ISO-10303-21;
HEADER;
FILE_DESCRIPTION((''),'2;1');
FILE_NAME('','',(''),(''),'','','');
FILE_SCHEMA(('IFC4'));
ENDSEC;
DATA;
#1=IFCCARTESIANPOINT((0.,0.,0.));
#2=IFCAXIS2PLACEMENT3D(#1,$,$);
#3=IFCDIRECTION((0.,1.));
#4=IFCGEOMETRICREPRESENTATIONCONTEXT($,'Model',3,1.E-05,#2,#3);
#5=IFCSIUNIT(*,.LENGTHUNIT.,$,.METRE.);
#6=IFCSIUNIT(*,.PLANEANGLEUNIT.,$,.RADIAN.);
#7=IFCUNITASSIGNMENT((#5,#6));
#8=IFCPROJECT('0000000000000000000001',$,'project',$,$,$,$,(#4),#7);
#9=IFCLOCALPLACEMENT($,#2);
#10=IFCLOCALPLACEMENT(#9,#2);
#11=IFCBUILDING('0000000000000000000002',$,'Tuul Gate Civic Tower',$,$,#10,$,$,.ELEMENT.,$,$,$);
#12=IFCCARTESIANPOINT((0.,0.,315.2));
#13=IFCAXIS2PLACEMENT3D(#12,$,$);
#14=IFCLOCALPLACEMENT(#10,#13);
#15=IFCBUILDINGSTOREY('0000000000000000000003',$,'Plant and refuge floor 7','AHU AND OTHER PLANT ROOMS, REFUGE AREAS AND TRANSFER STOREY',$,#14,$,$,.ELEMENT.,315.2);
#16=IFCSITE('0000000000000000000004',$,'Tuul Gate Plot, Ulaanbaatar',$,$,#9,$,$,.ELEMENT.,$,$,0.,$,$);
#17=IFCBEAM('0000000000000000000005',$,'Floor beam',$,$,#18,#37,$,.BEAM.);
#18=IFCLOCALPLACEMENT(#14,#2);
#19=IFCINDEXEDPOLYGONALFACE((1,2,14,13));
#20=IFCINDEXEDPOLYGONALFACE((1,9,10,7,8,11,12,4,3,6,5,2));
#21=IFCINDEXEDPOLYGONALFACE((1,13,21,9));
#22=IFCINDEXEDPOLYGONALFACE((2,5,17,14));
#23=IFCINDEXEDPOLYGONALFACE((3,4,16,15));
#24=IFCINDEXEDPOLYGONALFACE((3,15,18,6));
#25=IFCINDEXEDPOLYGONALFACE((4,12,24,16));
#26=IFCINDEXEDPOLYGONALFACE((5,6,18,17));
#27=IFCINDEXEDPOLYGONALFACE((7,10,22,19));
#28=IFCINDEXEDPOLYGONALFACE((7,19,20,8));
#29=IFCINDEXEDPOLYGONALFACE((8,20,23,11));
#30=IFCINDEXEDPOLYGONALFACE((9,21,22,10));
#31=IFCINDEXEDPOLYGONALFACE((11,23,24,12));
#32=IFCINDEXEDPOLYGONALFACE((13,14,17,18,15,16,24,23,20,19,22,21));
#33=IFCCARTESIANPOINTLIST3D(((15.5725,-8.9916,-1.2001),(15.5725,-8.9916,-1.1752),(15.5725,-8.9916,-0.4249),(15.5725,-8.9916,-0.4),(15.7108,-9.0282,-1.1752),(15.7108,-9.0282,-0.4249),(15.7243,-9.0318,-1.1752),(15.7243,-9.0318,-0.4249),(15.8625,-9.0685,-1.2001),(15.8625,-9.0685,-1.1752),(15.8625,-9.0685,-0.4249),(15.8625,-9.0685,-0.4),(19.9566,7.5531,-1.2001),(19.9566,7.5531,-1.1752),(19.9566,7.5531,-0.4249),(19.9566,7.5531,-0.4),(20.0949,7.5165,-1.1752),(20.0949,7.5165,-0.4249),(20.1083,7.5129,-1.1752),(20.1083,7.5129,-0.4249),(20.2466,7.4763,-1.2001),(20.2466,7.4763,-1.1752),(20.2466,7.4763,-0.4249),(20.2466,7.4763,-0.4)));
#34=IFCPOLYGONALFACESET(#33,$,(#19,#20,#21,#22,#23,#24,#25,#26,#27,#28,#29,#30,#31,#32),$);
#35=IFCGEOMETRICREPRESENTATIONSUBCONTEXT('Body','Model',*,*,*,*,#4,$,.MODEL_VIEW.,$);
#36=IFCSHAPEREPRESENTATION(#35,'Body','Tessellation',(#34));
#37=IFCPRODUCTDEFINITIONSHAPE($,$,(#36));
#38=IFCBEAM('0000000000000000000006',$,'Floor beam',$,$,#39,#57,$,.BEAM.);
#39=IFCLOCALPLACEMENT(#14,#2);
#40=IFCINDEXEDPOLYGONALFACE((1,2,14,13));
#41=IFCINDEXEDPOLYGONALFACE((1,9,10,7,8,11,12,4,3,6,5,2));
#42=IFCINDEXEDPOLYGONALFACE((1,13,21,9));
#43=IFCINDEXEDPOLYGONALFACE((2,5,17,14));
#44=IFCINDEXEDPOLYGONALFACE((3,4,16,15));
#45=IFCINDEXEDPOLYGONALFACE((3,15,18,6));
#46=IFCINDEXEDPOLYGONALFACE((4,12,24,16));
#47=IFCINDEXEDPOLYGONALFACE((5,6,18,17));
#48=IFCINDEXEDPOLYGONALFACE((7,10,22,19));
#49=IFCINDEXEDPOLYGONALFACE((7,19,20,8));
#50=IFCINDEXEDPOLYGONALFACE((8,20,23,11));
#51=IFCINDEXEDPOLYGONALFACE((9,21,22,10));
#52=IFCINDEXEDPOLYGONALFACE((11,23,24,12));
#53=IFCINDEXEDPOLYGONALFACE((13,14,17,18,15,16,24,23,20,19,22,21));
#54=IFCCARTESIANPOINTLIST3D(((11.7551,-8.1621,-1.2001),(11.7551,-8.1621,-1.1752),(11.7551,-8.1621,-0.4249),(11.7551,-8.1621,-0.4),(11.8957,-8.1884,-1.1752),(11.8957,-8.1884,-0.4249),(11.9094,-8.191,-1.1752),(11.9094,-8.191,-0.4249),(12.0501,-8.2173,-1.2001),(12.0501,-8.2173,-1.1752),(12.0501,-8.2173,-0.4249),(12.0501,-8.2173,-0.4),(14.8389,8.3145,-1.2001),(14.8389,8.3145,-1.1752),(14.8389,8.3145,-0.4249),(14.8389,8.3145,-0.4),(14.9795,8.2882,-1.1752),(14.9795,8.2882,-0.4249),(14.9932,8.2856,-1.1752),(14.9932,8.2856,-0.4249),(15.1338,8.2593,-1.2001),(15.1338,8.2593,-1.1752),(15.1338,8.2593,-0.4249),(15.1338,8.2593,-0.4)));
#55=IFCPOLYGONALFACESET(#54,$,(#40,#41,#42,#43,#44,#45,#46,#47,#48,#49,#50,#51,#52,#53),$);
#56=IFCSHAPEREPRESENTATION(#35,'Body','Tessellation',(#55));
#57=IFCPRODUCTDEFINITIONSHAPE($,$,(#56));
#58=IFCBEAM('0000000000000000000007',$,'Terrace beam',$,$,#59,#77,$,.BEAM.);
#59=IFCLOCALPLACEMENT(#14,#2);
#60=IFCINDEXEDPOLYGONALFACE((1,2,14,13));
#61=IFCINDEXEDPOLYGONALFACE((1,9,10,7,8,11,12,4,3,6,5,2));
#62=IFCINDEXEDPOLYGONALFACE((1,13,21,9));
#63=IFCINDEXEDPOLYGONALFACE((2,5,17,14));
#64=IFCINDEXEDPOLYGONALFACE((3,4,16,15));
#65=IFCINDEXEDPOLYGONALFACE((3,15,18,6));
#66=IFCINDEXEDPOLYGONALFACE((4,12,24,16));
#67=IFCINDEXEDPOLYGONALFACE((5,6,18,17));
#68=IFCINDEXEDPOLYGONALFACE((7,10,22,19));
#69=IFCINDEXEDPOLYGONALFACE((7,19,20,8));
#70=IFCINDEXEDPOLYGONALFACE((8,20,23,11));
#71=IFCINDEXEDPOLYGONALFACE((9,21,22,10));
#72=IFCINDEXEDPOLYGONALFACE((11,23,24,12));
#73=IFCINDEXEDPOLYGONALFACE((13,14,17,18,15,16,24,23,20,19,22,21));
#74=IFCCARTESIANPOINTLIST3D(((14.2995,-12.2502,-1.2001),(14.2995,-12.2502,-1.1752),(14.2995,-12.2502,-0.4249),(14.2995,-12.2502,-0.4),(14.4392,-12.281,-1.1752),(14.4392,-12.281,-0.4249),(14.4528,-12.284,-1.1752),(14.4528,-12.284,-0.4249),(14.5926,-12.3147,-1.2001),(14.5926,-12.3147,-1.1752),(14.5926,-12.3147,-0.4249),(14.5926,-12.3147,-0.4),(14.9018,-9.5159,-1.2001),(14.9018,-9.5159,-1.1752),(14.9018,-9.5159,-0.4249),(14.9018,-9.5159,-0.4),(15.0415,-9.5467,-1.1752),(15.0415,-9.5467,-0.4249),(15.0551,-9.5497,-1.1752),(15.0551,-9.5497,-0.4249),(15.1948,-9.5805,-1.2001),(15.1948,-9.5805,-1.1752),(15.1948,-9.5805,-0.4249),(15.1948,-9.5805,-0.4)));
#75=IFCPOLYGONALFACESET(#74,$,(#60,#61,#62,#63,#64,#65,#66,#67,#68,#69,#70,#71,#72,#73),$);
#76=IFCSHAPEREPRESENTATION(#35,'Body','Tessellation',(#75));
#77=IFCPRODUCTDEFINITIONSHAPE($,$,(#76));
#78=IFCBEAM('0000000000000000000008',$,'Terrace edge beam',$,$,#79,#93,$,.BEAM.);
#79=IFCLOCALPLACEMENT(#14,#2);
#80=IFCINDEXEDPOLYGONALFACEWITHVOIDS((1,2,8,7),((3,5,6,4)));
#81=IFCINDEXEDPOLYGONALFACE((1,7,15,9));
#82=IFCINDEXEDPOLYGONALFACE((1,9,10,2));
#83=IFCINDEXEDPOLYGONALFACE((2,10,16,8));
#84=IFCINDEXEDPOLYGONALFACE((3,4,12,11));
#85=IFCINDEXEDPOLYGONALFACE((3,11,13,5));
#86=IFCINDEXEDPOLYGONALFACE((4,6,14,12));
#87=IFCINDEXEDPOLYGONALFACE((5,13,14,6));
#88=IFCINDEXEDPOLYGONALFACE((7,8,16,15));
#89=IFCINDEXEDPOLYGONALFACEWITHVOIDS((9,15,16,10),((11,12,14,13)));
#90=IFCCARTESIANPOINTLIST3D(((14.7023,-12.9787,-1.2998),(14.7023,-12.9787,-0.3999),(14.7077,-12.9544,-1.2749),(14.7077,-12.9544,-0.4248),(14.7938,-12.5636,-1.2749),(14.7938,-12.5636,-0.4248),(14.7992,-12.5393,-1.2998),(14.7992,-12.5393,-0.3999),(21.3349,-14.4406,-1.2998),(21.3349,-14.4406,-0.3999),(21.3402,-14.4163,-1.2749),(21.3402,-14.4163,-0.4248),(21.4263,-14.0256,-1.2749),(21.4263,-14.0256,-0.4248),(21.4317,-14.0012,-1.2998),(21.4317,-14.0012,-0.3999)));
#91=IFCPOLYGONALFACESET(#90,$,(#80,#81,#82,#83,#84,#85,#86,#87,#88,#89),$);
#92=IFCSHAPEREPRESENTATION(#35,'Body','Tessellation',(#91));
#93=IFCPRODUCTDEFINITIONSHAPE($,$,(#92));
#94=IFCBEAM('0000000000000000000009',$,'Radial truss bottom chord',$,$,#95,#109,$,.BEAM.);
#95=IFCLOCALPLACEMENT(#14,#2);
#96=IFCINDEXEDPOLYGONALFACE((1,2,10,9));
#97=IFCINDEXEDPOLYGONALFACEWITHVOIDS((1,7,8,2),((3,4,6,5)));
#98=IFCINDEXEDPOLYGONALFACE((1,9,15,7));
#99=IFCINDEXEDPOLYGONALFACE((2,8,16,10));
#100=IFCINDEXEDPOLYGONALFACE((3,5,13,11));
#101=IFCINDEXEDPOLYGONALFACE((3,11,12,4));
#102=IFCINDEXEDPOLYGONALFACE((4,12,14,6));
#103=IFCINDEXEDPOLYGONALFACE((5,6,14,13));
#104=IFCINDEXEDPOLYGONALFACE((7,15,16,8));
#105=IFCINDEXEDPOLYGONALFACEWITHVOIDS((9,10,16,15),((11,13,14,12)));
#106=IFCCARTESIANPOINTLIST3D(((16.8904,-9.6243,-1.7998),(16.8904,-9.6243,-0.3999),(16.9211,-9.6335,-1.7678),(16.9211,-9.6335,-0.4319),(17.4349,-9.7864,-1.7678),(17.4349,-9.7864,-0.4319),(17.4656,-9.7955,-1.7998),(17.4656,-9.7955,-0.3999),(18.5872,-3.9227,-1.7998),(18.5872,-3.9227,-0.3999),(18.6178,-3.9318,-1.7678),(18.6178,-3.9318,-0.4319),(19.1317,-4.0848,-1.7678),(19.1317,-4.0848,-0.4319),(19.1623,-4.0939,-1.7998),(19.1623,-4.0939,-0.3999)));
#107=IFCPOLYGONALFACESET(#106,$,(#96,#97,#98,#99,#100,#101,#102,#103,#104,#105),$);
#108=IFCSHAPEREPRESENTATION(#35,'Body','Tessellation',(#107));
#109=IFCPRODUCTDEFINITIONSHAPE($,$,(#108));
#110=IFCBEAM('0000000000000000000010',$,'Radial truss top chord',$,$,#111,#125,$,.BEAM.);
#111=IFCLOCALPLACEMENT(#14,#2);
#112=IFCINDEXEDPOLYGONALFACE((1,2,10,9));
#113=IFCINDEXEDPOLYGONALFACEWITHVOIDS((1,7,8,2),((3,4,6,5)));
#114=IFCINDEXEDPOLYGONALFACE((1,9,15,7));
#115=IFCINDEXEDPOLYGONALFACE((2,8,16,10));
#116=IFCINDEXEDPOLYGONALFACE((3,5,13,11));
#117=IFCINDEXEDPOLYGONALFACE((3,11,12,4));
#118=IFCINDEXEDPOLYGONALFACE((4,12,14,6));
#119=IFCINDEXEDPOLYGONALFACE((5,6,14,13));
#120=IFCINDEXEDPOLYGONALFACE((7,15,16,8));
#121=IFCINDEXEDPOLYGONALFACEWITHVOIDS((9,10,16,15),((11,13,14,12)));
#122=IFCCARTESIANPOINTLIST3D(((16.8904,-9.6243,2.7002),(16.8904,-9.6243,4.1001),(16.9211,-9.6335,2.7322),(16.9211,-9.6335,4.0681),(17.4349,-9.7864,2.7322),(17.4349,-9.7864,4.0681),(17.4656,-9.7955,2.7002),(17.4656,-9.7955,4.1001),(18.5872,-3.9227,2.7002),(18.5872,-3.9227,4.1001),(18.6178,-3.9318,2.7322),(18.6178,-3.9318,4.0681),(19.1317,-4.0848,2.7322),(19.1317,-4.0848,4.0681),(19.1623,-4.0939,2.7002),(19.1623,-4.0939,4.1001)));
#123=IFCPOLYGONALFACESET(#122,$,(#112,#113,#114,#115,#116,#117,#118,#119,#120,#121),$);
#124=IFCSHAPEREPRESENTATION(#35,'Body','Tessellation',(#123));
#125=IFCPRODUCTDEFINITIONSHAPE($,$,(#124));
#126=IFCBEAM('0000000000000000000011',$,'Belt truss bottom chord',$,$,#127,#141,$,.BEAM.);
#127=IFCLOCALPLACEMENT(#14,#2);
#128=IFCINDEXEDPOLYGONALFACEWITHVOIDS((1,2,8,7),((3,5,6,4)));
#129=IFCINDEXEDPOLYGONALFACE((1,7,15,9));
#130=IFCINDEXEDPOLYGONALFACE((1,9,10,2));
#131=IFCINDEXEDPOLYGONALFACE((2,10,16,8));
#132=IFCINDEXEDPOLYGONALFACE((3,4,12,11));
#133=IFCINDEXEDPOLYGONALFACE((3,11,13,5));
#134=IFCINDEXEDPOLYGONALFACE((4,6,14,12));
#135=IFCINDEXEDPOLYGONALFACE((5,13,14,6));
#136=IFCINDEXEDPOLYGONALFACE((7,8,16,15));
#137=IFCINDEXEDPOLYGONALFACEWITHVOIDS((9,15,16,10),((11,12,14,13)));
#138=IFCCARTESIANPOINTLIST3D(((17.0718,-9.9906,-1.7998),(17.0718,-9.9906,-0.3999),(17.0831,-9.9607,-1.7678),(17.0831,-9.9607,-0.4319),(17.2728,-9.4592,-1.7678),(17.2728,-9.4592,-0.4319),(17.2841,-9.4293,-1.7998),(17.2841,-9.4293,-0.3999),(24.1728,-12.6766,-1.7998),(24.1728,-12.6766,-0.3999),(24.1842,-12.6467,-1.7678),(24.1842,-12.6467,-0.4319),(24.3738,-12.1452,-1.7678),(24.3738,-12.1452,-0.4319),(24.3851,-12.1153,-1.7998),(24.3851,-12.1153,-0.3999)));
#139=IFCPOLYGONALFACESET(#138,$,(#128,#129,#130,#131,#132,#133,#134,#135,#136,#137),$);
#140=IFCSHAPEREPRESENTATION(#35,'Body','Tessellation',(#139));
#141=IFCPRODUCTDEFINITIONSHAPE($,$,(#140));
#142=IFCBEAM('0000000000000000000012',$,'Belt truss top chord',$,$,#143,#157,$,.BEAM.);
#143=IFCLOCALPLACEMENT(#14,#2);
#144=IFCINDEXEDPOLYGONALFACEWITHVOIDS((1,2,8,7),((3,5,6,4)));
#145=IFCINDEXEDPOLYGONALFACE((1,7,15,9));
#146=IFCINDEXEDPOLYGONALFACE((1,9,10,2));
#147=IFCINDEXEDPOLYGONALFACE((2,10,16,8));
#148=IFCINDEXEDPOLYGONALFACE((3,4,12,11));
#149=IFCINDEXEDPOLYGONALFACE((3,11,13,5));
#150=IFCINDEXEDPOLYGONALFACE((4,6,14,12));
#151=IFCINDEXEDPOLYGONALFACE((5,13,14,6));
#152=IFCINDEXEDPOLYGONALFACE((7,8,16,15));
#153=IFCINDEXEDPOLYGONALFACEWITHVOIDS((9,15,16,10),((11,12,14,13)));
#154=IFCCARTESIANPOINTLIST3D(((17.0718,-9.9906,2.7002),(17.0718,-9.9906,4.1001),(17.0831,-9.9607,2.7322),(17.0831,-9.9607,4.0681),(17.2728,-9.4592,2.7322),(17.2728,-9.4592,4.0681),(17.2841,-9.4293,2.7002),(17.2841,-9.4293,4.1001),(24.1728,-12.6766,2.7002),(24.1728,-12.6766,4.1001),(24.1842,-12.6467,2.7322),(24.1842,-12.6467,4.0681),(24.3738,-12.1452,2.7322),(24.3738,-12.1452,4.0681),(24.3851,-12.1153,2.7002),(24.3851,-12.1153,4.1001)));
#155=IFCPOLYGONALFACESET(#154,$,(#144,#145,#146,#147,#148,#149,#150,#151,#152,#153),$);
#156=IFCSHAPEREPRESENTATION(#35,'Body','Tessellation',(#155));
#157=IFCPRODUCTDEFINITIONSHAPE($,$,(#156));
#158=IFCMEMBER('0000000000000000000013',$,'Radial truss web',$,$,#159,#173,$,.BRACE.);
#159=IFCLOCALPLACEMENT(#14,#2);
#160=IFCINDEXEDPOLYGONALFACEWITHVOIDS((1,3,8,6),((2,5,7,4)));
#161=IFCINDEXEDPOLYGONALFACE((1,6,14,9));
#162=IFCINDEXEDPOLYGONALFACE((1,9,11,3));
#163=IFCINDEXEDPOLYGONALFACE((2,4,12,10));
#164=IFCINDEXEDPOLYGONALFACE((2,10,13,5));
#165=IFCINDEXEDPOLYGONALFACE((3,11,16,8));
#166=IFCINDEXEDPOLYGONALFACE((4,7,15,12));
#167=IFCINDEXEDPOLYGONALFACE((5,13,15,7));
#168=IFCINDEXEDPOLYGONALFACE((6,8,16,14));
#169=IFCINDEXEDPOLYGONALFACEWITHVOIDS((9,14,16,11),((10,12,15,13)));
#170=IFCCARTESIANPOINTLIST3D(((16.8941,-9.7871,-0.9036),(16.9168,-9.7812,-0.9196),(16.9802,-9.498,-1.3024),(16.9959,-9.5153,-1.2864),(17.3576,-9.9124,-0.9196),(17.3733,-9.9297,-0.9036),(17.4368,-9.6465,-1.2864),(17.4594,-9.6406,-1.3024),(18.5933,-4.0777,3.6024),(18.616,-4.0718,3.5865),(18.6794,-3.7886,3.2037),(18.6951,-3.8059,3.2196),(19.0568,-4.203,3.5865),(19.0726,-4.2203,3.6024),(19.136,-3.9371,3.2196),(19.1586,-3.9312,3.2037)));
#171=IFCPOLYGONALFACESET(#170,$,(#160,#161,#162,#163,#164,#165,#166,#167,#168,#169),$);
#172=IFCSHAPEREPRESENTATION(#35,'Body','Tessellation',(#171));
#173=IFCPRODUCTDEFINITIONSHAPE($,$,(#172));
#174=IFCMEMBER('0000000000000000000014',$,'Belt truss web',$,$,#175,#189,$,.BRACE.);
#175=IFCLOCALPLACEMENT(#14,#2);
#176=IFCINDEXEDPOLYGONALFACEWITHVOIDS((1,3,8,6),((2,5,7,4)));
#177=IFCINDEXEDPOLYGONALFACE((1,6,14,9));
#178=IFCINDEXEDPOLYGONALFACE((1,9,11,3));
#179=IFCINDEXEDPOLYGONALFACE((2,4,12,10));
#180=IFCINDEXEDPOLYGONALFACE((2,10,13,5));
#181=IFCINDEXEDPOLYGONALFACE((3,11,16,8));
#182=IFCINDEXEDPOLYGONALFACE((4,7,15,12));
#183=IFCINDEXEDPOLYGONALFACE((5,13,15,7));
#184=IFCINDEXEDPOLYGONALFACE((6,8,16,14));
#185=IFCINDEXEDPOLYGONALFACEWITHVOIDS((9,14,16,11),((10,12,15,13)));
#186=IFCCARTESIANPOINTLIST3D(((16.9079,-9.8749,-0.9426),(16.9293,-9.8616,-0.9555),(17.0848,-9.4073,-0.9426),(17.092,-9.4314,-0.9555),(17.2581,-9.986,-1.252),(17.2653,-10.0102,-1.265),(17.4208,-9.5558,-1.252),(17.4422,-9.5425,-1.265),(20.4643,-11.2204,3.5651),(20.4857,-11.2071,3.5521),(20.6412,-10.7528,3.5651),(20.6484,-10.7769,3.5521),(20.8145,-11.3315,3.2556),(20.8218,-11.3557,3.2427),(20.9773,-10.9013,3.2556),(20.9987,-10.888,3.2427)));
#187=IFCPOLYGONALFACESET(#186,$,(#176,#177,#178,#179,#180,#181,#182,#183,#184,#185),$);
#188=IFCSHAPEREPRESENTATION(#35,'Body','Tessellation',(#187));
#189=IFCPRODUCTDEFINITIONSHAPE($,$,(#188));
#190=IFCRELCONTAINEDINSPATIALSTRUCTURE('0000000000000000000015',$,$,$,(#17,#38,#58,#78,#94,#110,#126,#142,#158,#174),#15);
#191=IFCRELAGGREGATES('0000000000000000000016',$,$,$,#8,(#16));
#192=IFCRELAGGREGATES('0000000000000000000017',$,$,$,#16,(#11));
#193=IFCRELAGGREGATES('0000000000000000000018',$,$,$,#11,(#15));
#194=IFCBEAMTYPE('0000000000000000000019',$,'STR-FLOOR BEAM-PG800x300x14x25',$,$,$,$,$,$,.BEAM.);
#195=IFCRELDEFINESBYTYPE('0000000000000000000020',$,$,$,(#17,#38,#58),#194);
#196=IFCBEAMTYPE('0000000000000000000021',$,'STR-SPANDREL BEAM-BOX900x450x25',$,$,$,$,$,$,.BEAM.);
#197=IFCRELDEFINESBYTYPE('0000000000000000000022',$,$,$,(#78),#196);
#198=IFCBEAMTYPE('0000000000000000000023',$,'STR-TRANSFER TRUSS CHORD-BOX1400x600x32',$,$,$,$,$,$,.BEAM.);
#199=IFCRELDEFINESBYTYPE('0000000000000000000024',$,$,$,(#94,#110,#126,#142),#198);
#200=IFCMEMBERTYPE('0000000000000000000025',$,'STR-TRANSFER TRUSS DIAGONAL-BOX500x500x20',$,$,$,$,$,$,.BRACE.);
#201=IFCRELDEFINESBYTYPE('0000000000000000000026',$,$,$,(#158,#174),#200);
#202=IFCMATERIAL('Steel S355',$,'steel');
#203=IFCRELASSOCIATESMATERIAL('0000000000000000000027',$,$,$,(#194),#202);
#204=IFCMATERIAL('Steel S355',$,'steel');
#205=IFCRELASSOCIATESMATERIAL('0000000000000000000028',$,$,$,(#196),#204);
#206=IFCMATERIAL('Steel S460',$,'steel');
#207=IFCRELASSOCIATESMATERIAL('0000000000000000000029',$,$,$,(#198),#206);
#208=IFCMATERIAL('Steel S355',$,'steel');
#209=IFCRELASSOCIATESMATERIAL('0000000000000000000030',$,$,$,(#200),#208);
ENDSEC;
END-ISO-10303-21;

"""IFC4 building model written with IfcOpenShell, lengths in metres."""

from ifc_helpers import new_model, si_unit, direction, frame, origin, origin_2d, place, context, subcontext, project, spatial, hollow_rectangle, i_section, extrude, material, material_profile, profile_set, type_object, element, save


model = new_model("IFC4")

# Units and contexts
model_context = context("Model", 3, precision=1e-05, world=origin(), true_north=direction((0.0, 1.0)))
body_context = subcontext(model_context, "Body", "Model", "MODEL_VIEW")
ifc_project = project(units=[si_unit("LENGTHUNIT", "METRE"), si_unit("PLANEANGLEUNIT", "RADIAN")], contexts=[model_context])

# Site, building, storey
site_placement = place(None, origin())
site = spatial("IfcSite", under=ifc_project, at=site_placement, Name="Tuul Gate Plot, Ulaanbaatar", CompositionType="ELEMENT", RefElevation=0.0)
building_placement = place(site_placement, origin())
building = spatial("IfcBuilding", under=site, at=building_placement, Name="Tuul Gate Civic Tower", CompositionType="ELEMENT")
storey_placement = place(building_placement, frame((0.0, 0.0, 315.2)))
storey = spatial("IfcBuildingStorey", under=building, at=storey_placement, Name="Plant and refuge floor 7", Description="AHU AND OTHER PLANT ROOMS, REFUGE AREAS AND TRANSFER STOREY", CompositionType="ELEMENT", Elevation=315.2)

# Beams
ifc_material_1 = material(Name="Steel S355", Category="steel")
ifc_material_profile_1 = material_profile(ifc_material_1, i_section(OverallWidth=0.3, OverallDepth=0.8, WebThickness=0.0139, FlangeThickness=0.0249, at=origin_2d()), Name="PG800x300x14x25")
ifc_profile_set_1 = profile_set([ifc_material_profile_1], Name="Steel S355")
beam_type_1 = type_object("IfcBeamType", Name="STR-FLOOR BEAM-PG800x300x14x25", PredefinedType="BEAM", material=ifc_profile_set_1)
beam_1_placement = place(storey_placement, frame((15.7175, -9.03, -0.8), z_axis=(0.256142, 0.966639, 0.0), x_axis=(-0.966639, 0.256142, 0.0)))
element("IfcBeam", 1, at=beam_1_placement, inside=storey, type_object=beam_type_1, Name="Floor beam", PredefinedType="BEAM", context=body_context, shape_type="SweptSolid", body=[
    extrude(i_section(OverallWidth=0.3, OverallDepth=0.8, WebThickness=0.0139, FlangeThickness=0.0249, at=origin_2d()), origin(), (0.0, 0.0, 1.0), 17.1157),
])
beam_2_placement = place(storey_placement, frame((11.9026, -8.1897, -0.8), z_axis=(0.183965, 0.982933, 0.0), x_axis=(-0.982933, 0.183965, 0.0)))
element("IfcBeam", 2, at=beam_2_placement, inside=storey, type_object=beam_type_1, Name="Floor beam", PredefinedType="BEAM", context=body_context, shape_type="SweptSolid", body=[
    extrude(i_section(OverallWidth=0.3, OverallDepth=0.8, WebThickness=0.0139, FlangeThickness=0.0249, at=origin_2d()), origin(), (0.0, 0.0, 1.0), 16.7627),
])
beam_3_placement = place(storey_placement, frame((14.446, -12.2825, -0.8), z_axis=(0.215111, 0.97659, 0.0), x_axis=(-0.97659, 0.215111, 0.0)))
element("IfcBeam", 3, at=beam_3_placement, inside=storey, type_object=beam_type_1, Name="Terrace beam", PredefinedType="BEAM", context=body_context, shape_type="SweptSolid", body=[
    extrude(i_section(OverallWidth=0.3, OverallDepth=0.8, WebThickness=0.0139, FlangeThickness=0.0249, at=origin_2d()), origin(), (0.0, 0.0, 1.0), 2.7998),
])
ifc_material_2 = material(Name="Steel S355", Category="steel")
ifc_material_profile_2 = material_profile(ifc_material_2, hollow_rectangle(XDim=0.45, YDim=0.8999, WallThickness=0.0249, at=origin_2d()), Name="BOX900x450x25")
ifc_profile_set_2 = profile_set([ifc_material_profile_2], Name="Steel S355")
beam_type_2 = type_object("IfcBeamType", Name="STR-SPANDREL BEAM-BOX900x450x25", PredefinedType="BEAM", material=ifc_profile_set_2)
beam_4_placement = place(storey_placement, frame((14.7507, -12.759, -0.8499), z_axis=(0.976559, -0.215248, 0.0), x_axis=(0.215248, 0.976559, 0.0)))
element("IfcBeam", 4, at=beam_4_placement, inside=storey, type_object=beam_type_2, Name="Terrace edge beam", PredefinedType="BEAM", context=body_context, shape_type="SweptSolid", body=[
    extrude(hollow_rectangle(XDim=0.45, YDim=0.8999, WallThickness=0.0249, at=origin_2d()), origin(), (0.0, 0.0, 1.0), 6.7917),
])
ifc_material_3 = material(Name="Steel S460", Category="steel")
ifc_material_profile_3 = material_profile(ifc_material_3, hollow_rectangle(XDim=0.6001, YDim=1.3999, WallThickness=0.032, at=origin_2d()), Name="BOX1400x600x32")
ifc_profile_set_3 = profile_set([ifc_material_profile_3], Name="Steel S460")
beam_type_3 = type_object("IfcBeamType", Name="STR-TRANSFER TRUSS CHORD-BOX1400x600x32", PredefinedType="BEAM", material=ifc_profile_set_3)
for number, where, z_axis, x_axis, name in (
    (5, (18.8748, -4.0083, -1.0999), (-0.285231, -0.958459, 0.0), (0.958459, -0.285231, 0.0), "Radial truss bottom chord"),
    (6, (18.8748, -4.0083, 3.4001), (-0.285231, -0.958459, 0.0), (0.958459, -0.285231, 0.0), "Radial truss top chord"),
):
    element("IfcBeam", number, at=place(storey_placement, frame(where, z_axis=z_axis, x_axis=x_axis)), inside=storey, type_object=beam_type_3, Name=name, PredefinedType="BEAM", context=body_context, shape_type="SweptSolid", body=[
        extrude(hollow_rectangle(XDim=0.6001, YDim=1.3999, WallThickness=0.032, at=origin_2d()), origin(), (0.0, 0.0, 1.0), 5.9487),
    ])
for number, where, z_axis, x_axis, name in (
    (7, (17.178, -9.71, -1.0999), (0.935324, -0.353793, 0.0), (0.353793, 0.935324, 0.0), "Belt truss bottom chord"),
    (8, (17.178, -9.71, 3.4001), (0.935324, -0.353793, 0.0), (0.353793, 0.935324, 0.0), "Belt truss top chord"),
):
    element("IfcBeam", number, at=place(storey_placement, frame(where, z_axis=z_axis, x_axis=x_axis)), inside=storey, type_object=beam_type_3, Name=name, PredefinedType="BEAM", context=body_context, shape_type="SweptSolid", body=[
        extrude(hollow_rectangle(XDim=0.6001, YDim=1.3999, WallThickness=0.032, at=origin_2d()), origin(), (0.0, 0.0, 1.0), 7.592),
    ])

# Members
ifc_material_4 = material(Name="Steel S355", Category="steel")
ifc_material_profile_4 = material_profile(ifc_material_4, hollow_rectangle(XDim=0.5, YDim=0.5, WallThickness=0.02, at=origin_2d()), Name="BOX500x500x20")
ifc_profile_set_4 = profile_set([ifc_material_profile_4], Name="Steel S355")
member_type_1 = type_object("IfcMemberType", Name="STR-TRANSFER TRUSS DIAGONAL-BOX500x500x20", PredefinedType="BRACE", material=ifc_profile_set_4)
member_1_placement = place(storey_placement, frame((17.1768, -9.7139, -1.103), z_axis=(0.227494, 0.764392, 0.603284), x_axis=(-0.958453, 0.285249, 0.0)))
element("IfcMember", 9, at=member_1_placement, inside=storey, type_object=member_type_1, Name="Radial truss web", PredefinedType="BRACE", context=body_context, shape_type="SweptSolid", body=[
    extrude(hollow_rectangle(XDim=0.5, YDim=0.5, WallThickness=0.02, at=origin_2d()), origin(), (0.0, 0.0, 1.0), 7.4692),
])
for number, where, z_axis, x_axis, name in (
    (10, (17.175, -9.7087, -1.1038), (0.60307, -0.228154, 0.764364), (0.353845, 0.935304, 0.0), "Belt truss web"),
):
    element("IfcMember", number, at=place(storey_placement, frame(where, z_axis=z_axis, x_axis=x_axis)), inside=storey, type_object=member_type_1, Name=name, PredefinedType="BRACE", context=body_context, shape_type="SweptSolid", body=[
        extrude(hollow_rectangle(XDim=0.5, YDim=0.5, WallThickness=0.02, at=origin_2d()), origin(), (0.0, 0.0, 1.0), 5.8972),
    ])

save(model, "model.ifc")
